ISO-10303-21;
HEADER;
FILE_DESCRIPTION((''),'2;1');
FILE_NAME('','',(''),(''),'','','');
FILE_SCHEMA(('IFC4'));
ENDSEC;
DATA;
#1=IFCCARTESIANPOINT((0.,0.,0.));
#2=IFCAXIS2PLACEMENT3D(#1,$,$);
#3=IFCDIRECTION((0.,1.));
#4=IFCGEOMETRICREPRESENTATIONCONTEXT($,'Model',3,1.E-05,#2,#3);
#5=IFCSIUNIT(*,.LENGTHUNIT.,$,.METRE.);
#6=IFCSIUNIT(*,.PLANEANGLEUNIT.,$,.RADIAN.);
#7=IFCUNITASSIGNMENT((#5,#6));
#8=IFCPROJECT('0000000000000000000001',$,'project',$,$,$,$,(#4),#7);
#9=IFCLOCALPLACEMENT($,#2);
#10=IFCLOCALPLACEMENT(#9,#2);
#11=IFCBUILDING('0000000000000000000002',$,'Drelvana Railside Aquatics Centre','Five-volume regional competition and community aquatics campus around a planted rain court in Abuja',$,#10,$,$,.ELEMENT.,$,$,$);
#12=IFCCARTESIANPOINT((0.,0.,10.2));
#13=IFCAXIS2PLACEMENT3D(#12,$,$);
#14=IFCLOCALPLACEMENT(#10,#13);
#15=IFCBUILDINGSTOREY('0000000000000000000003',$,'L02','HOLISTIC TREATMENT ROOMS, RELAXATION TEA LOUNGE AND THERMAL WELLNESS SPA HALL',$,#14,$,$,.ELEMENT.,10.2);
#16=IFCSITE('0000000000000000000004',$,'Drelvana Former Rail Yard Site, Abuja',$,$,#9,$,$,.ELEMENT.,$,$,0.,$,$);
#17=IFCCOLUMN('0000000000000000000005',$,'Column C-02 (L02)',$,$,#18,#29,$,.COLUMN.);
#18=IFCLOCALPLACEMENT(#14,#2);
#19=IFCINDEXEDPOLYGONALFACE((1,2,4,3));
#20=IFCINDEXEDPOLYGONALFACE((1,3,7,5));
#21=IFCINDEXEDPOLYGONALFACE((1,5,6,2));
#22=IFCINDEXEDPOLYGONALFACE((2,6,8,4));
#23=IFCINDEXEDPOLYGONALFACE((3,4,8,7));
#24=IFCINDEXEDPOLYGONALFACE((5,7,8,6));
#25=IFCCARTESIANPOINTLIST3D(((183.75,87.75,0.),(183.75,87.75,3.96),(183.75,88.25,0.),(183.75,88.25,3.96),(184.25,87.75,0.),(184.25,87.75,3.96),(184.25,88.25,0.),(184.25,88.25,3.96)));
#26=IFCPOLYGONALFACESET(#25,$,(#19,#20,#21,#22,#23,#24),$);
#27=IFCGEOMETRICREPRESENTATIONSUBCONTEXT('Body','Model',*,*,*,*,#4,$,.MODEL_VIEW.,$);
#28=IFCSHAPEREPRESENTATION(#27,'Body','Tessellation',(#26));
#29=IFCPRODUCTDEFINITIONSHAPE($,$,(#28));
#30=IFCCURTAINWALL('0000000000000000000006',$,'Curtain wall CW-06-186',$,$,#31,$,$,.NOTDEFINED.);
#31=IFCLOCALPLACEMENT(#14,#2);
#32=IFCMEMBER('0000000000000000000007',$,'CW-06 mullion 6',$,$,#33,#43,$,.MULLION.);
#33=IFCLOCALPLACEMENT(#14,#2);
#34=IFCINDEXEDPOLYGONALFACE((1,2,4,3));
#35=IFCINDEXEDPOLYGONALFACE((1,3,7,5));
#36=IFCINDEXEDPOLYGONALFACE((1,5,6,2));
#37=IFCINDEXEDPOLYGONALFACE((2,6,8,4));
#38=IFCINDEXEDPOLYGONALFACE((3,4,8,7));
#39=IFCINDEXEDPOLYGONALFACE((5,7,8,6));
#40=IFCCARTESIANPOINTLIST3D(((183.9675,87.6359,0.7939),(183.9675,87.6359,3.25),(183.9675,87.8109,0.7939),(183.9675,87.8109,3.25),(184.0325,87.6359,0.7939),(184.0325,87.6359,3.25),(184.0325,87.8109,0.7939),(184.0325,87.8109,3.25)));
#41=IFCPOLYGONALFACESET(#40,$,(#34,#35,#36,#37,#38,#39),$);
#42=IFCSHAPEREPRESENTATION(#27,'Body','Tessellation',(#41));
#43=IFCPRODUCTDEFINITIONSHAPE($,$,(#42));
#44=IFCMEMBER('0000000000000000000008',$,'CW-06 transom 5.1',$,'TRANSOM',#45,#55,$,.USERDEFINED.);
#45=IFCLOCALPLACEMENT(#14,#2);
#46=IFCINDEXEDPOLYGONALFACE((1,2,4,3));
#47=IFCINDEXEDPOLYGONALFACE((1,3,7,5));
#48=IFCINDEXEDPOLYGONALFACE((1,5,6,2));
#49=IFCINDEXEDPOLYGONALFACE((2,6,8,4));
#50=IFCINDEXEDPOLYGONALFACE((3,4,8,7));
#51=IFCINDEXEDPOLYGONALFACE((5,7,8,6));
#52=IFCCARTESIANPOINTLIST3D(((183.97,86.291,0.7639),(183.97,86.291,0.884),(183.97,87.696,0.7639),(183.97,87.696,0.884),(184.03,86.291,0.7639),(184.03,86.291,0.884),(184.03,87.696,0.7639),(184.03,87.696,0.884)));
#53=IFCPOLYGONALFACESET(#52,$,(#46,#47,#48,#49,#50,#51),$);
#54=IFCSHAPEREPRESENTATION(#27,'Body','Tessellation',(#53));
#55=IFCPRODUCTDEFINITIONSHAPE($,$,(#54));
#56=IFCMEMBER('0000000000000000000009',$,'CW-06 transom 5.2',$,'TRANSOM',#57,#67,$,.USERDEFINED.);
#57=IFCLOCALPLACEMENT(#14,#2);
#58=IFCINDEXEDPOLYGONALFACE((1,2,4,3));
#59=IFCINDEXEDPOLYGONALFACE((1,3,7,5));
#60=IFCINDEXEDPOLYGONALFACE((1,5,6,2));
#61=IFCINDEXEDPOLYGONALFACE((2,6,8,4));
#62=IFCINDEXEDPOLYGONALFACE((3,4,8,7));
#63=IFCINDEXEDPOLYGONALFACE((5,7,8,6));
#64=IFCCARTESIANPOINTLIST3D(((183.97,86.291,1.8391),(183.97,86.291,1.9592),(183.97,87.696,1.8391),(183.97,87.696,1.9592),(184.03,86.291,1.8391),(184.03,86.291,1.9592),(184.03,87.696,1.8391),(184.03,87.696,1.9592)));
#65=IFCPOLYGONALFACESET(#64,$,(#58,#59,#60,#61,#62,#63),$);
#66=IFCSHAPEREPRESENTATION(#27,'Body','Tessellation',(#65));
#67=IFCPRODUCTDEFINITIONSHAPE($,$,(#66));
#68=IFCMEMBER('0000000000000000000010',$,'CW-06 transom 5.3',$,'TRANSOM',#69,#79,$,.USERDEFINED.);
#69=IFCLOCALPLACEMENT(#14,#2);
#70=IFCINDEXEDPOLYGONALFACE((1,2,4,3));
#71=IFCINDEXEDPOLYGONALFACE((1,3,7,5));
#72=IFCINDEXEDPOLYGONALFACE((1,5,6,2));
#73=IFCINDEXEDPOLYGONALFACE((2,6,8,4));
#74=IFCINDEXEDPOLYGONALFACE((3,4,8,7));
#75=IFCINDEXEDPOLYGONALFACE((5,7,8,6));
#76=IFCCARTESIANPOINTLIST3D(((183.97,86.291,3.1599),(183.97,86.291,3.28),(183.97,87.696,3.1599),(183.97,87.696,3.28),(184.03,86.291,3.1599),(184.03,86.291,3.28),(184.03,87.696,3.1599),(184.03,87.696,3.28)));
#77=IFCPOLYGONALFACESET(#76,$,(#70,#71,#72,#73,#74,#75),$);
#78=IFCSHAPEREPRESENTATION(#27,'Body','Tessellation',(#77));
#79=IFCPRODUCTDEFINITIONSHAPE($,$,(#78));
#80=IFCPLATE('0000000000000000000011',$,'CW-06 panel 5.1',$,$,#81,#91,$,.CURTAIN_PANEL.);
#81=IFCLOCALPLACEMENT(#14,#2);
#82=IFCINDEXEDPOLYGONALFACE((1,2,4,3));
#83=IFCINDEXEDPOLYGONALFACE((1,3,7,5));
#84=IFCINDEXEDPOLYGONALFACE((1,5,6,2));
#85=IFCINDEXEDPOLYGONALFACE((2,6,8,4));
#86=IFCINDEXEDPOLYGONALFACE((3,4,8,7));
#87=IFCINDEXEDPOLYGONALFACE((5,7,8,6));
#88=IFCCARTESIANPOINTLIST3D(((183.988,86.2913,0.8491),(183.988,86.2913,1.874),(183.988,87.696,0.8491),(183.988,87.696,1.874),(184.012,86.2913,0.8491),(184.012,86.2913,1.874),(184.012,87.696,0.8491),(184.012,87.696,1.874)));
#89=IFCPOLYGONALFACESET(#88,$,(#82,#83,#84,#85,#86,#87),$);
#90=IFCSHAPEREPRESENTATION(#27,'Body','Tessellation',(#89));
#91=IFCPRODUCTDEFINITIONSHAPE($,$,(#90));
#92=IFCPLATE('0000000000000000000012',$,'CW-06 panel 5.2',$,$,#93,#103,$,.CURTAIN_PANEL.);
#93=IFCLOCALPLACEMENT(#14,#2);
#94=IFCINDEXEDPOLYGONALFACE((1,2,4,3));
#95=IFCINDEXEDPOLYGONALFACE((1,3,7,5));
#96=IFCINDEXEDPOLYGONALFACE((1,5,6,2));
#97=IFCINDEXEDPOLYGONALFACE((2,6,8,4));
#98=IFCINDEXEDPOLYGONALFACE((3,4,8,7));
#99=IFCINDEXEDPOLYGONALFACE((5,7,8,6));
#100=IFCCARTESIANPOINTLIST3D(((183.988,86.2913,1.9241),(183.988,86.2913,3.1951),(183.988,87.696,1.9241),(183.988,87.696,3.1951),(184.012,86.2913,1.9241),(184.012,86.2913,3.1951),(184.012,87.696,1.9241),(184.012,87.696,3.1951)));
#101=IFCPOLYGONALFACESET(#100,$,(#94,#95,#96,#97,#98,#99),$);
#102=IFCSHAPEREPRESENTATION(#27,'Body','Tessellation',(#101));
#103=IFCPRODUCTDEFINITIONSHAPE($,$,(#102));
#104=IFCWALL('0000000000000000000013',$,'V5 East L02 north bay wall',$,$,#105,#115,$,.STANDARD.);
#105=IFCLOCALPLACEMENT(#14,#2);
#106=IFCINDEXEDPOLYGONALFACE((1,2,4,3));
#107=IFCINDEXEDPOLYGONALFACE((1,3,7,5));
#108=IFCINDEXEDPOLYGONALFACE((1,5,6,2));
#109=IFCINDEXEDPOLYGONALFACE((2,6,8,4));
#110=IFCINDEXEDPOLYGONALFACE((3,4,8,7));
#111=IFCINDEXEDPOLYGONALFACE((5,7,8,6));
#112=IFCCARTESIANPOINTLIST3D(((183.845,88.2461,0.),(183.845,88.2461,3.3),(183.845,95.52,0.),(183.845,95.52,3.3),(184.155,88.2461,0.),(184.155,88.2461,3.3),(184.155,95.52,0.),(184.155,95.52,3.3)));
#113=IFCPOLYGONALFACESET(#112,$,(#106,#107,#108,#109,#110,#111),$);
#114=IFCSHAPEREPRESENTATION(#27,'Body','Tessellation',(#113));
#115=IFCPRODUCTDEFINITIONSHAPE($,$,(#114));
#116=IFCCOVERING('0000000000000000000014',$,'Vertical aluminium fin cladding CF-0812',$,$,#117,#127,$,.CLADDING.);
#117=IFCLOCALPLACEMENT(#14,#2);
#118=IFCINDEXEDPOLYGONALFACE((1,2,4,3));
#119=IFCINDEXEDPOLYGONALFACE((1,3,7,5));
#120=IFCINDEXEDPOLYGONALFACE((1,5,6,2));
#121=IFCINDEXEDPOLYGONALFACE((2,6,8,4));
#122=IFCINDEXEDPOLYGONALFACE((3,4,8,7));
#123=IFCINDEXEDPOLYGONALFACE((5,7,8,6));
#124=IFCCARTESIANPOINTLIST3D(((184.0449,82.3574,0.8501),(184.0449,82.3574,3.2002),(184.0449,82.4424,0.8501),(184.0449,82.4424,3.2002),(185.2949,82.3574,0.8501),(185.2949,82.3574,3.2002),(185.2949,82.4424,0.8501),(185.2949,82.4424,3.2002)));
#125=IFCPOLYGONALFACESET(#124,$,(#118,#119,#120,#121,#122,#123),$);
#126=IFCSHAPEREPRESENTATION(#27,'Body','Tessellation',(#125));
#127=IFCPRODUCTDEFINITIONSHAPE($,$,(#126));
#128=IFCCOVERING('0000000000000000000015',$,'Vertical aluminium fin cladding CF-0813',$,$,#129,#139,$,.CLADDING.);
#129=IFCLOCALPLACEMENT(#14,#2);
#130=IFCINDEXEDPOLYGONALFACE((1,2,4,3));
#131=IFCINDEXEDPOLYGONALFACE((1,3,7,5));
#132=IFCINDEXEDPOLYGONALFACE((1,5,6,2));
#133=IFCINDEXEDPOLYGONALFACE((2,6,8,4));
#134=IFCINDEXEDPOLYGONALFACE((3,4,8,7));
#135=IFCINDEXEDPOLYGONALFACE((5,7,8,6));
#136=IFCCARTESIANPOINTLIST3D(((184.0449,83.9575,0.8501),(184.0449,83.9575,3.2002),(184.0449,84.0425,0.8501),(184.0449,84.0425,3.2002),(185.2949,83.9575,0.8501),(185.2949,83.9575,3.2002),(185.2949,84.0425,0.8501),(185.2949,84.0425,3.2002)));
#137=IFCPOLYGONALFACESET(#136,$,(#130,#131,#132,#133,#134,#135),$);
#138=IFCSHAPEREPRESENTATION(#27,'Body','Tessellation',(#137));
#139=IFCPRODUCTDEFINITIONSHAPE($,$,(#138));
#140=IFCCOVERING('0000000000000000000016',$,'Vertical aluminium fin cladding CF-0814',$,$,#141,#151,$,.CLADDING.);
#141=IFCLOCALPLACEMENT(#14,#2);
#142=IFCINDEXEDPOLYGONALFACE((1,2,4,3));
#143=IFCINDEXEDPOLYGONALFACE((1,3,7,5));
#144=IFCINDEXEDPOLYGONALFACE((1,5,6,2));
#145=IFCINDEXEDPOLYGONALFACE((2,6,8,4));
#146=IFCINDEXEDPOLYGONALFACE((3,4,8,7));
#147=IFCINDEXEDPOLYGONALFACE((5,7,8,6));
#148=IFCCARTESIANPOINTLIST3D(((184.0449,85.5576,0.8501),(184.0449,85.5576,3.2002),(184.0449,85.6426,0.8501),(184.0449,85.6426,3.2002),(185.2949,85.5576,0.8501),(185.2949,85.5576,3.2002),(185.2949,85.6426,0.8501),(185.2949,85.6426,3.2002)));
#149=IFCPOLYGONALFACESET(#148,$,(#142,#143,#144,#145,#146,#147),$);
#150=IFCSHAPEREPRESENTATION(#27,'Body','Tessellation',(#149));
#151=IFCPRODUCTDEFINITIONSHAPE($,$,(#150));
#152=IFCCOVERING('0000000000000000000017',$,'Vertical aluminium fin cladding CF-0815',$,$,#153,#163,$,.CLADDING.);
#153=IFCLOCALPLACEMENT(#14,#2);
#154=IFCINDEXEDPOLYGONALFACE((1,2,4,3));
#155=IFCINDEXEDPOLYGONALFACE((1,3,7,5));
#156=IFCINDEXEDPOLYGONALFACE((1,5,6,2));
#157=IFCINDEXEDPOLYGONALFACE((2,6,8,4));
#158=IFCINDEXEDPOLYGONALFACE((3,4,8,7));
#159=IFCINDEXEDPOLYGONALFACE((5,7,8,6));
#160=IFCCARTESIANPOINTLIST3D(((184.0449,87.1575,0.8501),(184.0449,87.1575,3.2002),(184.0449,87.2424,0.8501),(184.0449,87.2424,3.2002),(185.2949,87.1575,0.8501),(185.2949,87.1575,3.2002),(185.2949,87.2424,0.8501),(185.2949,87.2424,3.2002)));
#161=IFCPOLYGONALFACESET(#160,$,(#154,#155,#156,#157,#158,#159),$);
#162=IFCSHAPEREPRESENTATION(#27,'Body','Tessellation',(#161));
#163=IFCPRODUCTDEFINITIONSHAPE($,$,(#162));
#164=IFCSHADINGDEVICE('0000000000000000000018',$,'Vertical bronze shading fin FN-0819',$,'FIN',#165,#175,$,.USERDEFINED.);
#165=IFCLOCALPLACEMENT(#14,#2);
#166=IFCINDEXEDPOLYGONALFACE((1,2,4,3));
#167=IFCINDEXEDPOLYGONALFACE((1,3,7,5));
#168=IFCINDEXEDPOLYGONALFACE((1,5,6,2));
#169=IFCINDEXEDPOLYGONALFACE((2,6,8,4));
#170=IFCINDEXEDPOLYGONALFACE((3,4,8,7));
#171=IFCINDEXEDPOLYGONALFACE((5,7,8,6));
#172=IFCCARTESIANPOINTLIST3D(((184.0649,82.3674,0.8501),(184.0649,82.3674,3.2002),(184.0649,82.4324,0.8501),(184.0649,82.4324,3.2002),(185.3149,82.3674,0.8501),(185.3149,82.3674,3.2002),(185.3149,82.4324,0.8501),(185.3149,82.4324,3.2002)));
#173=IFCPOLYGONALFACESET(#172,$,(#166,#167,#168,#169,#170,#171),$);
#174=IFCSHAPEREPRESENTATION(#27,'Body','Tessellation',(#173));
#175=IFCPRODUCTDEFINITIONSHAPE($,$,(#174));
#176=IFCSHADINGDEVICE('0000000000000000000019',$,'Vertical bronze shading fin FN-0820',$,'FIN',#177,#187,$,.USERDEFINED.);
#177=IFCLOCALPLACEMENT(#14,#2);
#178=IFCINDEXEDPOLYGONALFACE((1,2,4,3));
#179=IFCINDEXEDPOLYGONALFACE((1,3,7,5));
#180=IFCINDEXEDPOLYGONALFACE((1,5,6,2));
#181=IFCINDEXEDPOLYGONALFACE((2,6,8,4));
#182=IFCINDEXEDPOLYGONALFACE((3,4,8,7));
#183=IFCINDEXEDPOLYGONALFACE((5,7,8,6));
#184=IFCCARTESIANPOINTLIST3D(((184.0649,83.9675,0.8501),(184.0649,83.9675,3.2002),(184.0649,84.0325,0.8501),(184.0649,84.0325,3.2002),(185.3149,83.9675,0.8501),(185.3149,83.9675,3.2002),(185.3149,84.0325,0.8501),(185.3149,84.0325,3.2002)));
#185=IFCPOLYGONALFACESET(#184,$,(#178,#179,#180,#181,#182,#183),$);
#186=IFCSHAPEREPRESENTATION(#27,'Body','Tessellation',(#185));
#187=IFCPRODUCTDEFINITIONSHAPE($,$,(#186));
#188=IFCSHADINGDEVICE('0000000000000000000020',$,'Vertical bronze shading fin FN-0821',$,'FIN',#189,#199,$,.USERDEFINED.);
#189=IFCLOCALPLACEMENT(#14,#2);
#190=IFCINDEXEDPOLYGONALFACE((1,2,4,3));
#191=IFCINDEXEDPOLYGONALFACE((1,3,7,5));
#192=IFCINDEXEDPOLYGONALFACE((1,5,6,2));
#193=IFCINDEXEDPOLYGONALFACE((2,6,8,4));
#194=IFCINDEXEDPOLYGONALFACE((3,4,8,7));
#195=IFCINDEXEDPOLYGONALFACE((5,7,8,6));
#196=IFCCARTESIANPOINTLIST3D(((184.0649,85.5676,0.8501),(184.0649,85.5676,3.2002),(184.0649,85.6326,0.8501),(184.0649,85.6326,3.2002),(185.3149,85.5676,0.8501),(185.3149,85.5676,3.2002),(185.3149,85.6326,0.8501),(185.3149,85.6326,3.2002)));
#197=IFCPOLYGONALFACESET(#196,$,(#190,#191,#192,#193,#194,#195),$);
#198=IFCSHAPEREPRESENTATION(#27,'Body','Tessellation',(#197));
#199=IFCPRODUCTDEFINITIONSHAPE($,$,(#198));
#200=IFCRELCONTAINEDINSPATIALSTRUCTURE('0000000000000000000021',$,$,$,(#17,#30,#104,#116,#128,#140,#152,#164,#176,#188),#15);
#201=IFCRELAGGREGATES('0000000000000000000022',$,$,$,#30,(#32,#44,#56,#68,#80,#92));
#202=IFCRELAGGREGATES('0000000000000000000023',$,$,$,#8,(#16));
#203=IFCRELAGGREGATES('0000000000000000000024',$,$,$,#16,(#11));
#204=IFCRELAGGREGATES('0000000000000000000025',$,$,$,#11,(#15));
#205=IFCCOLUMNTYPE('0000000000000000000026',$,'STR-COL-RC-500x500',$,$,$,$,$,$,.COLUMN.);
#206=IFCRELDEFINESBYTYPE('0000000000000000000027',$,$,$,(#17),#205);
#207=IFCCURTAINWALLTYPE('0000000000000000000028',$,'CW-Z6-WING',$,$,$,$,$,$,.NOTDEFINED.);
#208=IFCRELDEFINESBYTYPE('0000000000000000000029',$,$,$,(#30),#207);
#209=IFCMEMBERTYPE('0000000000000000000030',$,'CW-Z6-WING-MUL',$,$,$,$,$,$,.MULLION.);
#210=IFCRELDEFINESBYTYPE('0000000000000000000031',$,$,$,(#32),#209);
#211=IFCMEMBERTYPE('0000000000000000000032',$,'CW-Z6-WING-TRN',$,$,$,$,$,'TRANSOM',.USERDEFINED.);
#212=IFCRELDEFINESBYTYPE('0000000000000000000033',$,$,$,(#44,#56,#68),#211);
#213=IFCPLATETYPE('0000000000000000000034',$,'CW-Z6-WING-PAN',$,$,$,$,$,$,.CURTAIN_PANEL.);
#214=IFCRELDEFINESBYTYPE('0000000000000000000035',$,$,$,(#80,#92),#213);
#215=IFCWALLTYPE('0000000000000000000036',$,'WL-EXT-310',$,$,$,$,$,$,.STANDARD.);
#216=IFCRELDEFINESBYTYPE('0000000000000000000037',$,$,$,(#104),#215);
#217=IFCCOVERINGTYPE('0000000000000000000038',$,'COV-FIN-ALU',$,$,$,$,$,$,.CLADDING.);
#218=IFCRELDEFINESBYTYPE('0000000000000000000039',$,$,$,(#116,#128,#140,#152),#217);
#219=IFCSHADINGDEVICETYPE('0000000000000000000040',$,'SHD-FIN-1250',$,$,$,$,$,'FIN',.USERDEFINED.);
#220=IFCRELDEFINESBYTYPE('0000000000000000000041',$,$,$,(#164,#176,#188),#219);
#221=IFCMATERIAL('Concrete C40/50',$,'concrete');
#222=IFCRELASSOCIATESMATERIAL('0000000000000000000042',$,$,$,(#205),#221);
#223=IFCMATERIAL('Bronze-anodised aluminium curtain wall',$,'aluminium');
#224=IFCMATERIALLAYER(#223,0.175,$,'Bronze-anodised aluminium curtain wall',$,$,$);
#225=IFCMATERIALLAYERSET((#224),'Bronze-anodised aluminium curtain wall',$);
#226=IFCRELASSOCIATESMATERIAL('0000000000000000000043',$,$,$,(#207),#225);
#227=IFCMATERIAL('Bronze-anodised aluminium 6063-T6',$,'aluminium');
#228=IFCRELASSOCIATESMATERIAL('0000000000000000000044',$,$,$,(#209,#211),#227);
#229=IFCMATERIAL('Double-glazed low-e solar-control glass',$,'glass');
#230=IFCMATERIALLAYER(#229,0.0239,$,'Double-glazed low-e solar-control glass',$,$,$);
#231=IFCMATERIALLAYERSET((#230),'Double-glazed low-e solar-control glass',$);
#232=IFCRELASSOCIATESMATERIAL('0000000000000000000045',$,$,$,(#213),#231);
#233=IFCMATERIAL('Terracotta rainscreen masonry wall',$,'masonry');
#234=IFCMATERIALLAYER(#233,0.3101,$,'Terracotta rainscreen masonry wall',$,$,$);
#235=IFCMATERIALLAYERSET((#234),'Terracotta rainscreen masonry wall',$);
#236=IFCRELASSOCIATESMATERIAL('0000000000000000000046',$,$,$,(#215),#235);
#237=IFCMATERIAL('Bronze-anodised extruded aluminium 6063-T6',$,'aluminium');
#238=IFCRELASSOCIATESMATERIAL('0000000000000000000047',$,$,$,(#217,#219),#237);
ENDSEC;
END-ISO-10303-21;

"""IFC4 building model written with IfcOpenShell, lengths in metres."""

from ifc_helpers import new_model, si_unit, direction, frame, frame_2d, origin, origin_2d, place, context, subcontext, project, spatial, rectangle, extrude, material, layer, layer_set, material_profile, profile_set, type_object, element, aggregate, save


model = new_model("IFC4")

# Units and contexts
model_context = context("Model", 3, precision=1e-05, world=origin(), true_north=direction((0.0, 1.0)))
body_context = subcontext(model_context, "Body", "Model", "MODEL_VIEW")
ifc_project = project(units=[si_unit("LENGTHUNIT", "METRE"), si_unit("PLANEANGLEUNIT", "RADIAN")], contexts=[model_context])

# Site, building, storey
site_placement = place(None, origin())
site = spatial("IfcSite", under=ifc_project, at=site_placement, Name="Drelvana Former Rail Yard Site, Abuja", CompositionType="ELEMENT", RefElevation=0.0)
building_placement = place(site_placement, origin())
building = spatial("IfcBuilding", under=site, at=building_placement, Name="Drelvana Railside Aquatics Centre", Description="Five-volume regional competition and community aquatics campus around a planted rain court in Abuja", CompositionType="ELEMENT")
storey_placement = place(building_placement, frame((0.0, 0.0, 10.2)))
storey = spatial("IfcBuildingStorey", under=building, at=storey_placement, Name="L02", Description="HOLISTIC TREATMENT ROOMS, RELAXATION TEA LOUNGE AND THERMAL WELLNESS SPA HALL", CompositionType="ELEMENT", Elevation=10.2)

# Column
ifc_material_1 = material(Name="Concrete C40/50", Category="concrete")
ifc_material_profile_1 = material_profile(ifc_material_1, rectangle(XDim=0.5, YDim=0.5, at=origin_2d()), Name="RC 500x500")
ifc_profile_set_1 = profile_set([ifc_material_profile_1], Name="Concrete C40/50")
column_type = type_object("IfcColumnType", Name="STR-COL-RC-500x500", PredefinedType="COLUMN", material=ifc_profile_set_1)
column_placement = place(storey_placement, frame((184.0, 88.0, 0.0), z_axis=(0.0, 0.0, 1.0), x_axis=(1.0, 0.0, 0.0)))
element("IfcColumn", 1, at=column_placement, inside=storey, type_object=column_type, Name="Column C-02 (L02)", PredefinedType="COLUMN", context=body_context, shape_type="SweptSolid", body=[
    extrude(rectangle(XDim=0.5, YDim=0.5, at=origin_2d()), origin(), (0.0, 0.0, 1.0), 3.96),
])

# Curtain wall, members, plates
ifc_material_2 = material(Name="Bronze-anodised aluminium curtain wall", Category="aluminium")
ifc_layer_1 = layer(ifc_material_2, 0.175, Name="Bronze-anodised aluminium curtain wall")
ifc_layer_set_1 = layer_set([ifc_layer_1], Name="Bronze-anodised aluminium curtain wall")
curtain_wall_type = type_object("IfcCurtainWallType", Name="CW-Z6-WING", PredefinedType="NOTDEFINED", material=ifc_layer_set_1)
curtain_wall_placement = place(storey_placement, origin())
curtain_wall = element("IfcCurtainWall", 2, at=curtain_wall_placement, inside=storey, type_object=curtain_wall_type, Name="Curtain wall CW-06-186", PredefinedType="NOTDEFINED")
ifc_material_3 = material(Name="Bronze-anodised aluminium 6063-T6", Category="aluminium")
ifc_material_profile_2 = material_profile(ifc_material_3, rectangle(XDim=0.0649, YDim=0.175, at=origin_2d()), Name="ALU-M 65x175")
ifc_profile_set_2 = profile_set([ifc_material_profile_2], Name="Bronze-anodised aluminium 6063-T6")
member_type_1 = type_object("IfcMemberType", Name="CW-Z6-WING-MUL", PredefinedType="MULLION", material=ifc_profile_set_2)
member_1_placement = place(storey_placement, frame((184.0, 87.7234, 0.7939), z_axis=(0.0, 0.0, 1.0), x_axis=(-1.0, 0.0, 0.0)))
member_1 = element("IfcMember", 3, at=member_1_placement, type_object=member_type_1, Name="CW-06 mullion 6", PredefinedType="MULLION", context=body_context, shape_type="SweptSolid", body=[
    extrude(rectangle(XDim=0.0649, YDim=0.175, at=origin_2d()), origin(), (0.0, 0.0, 1.0), 2.4561),
])
ifc_material_profile_3 = material_profile(ifc_material_3, rectangle(XDim=0.1201, YDim=0.0601, at=origin_2d()), Name="ALU-T 60x120")
ifc_profile_set_3 = profile_set([ifc_material_profile_3], Name="Bronze-anodised aluminium 6063-T6")
member_type_2 = type_object("IfcMemberType", Name="CW-Z6-WING-TRN", ElementType="TRANSOM", PredefinedType="USERDEFINED", material=ifc_profile_set_3)
member_2_placement = place(storey_placement, frame((184.0, 86.291, 0.824), z_axis=(0.0, 1.0, 0.0), x_axis=(0.0, 0.0, 1.0)))
member_2 = element("IfcMember", 4, at=member_2_placement, type_object=member_type_2, Name="CW-06 transom 5.1", ObjectType="TRANSOM", PredefinedType="USERDEFINED", context=body_context, shape_type="SweptSolid", body=[
    extrude(rectangle(XDim=0.1201, YDim=0.0601, at=origin_2d()), origin(), (0.0, 0.0, 1.0), 1.405),
])
member_3_placement = place(storey_placement, frame((184.0, 86.291, 1.8992), z_axis=(0.0, 1.0, 0.0), x_axis=(0.0, 0.0, 1.0)))
member_3 = element("IfcMember", 5, at=member_3_placement, type_object=member_type_2, Name="CW-06 transom 5.2", ObjectType="TRANSOM", PredefinedType="USERDEFINED", context=body_context, shape_type="SweptSolid", body=[
    extrude(rectangle(XDim=0.1201, YDim=0.0601, at=origin_2d()), origin(), (0.0, 0.0, 1.0), 1.405),
])
member_4_placement = place(storey_placement, frame((184.0, 86.291, 3.22), z_axis=(0.0, 1.0, 0.0), x_axis=(0.0, 0.0, 1.0)))
member_4 = element("IfcMember", 6, at=member_4_placement, type_object=member_type_2, Name="CW-06 transom 5.3", ObjectType="TRANSOM", PredefinedType="USERDEFINED", context=body_context, shape_type="SweptSolid", body=[
    extrude(rectangle(XDim=0.1201, YDim=0.0601, at=origin_2d()), origin(), (0.0, 0.0, 1.0), 1.405),
])
ifc_material_4 = material(Name="Double-glazed low-e solar-control glass", Category="glass")
ifc_layer_2 = layer(ifc_material_4, 0.0239, Name="Double-glazed low-e solar-control glass")
ifc_layer_set_2 = layer_set([ifc_layer_2], Name="Double-glazed low-e solar-control glass")
plate_type = type_object("IfcPlateType", Name="CW-Z6-WING-PAN", PredefinedType="CURTAIN_PANEL", material=ifc_layer_set_2)
plate_1_placement = place(storey_placement, frame((184.0, 86.9937, 0.8491), z_axis=(0.0, 0.0, 1.0), x_axis=(0.0, 1.0, 0.0)))
plate_1 = element("IfcPlate", 7, at=plate_1_placement, type_object=plate_type, Name="CW-06 panel 5.1", PredefinedType="CURTAIN_PANEL", context=body_context, shape_type="SweptSolid", body=[
    extrude(rectangle(XDim=1.4048, YDim=0.0239, at=origin_2d()), origin(), (0.0, 0.0, 1.0), 1.0249),
])
plate_2_placement = place(storey_placement, frame((184.0, 86.9937, 1.9241), z_axis=(0.0, 0.0, 1.0), x_axis=(0.0, 1.0, 0.0)))
plate_2 = element("IfcPlate", 8, at=plate_2_placement, type_object=plate_type, Name="CW-06 panel 5.2", PredefinedType="CURTAIN_PANEL", context=body_context, shape_type="SweptSolid", body=[
    extrude(rectangle(XDim=1.4048, YDim=0.0239, at=origin_2d()), origin(), (0.0, 0.0, 1.0), 1.271),
])
aggregate(curtain_wall, [member_1, member_2, member_3, member_4, plate_1, plate_2])

# Wall
ifc_material_5 = material(Name="Terracotta rainscreen masonry wall", Category="masonry")
ifc_layer_3 = layer(ifc_material_5, 0.3101, Name="Terracotta rainscreen masonry wall")
ifc_layer_set_3 = layer_set([ifc_layer_3], Name="Terracotta rainscreen masonry wall")
wall_type = type_object("IfcWallType", Name="WL-EXT-310", PredefinedType="STANDARD", material=ifc_layer_set_3)
wall_placement = place(storey_placement, frame((184.0, 88.2461, 0.0), z_axis=(0.0, 0.0, 1.0), x_axis=(0.0, 1.0, 0.0)))
element("IfcWall", 9, at=wall_placement, inside=storey, type_object=wall_type, Name="V5 East L02 north bay wall", PredefinedType="STANDARD", context=body_context, shape_type="SweptSolid", body=[
    extrude(rectangle(XDim=7.2739, YDim=0.3101, at=frame_2d((3.637, 0.0))), origin(), (0.0, 0.0, 1.0), 3.3),
])

# Coverings
ifc_material_6 = material(Name="Bronze-anodised extruded aluminium 6063-T6", Category="aluminium")
covering_type = type_object("IfcCoveringType", Name="COV-FIN-ALU", PredefinedType="CLADDING", material=ifc_material_6)
for number, where, z_axis, x_axis, name in (
    (10, (184.6699, 82.3999, 0.8501), (0.0, 0.0, 1.0), (0.0, -1.0, 0.0), "Vertical aluminium fin cladding CF-0812"),
    (11, (184.6699, 84.0, 0.8501), (0.0, 0.0, 1.0), (0.0, -1.0, 0.0), "Vertical aluminium fin cladding CF-0813"),
    (12, (184.6699, 85.6001, 0.8501), (0.0, 0.0, 1.0), (0.0, -1.0, 0.0), "Vertical aluminium fin cladding CF-0814"),
    (13, (184.6699, 87.2, 0.8501), (0.0, 0.0, 1.0), (0.0, -1.0, 0.0), "Vertical aluminium fin cladding CF-0815"),
):
    element("IfcCovering", number, at=place(storey_placement, frame(where, z_axis=z_axis, x_axis=x_axis)), inside=storey, type_object=covering_type, Name=name, PredefinedType="CLADDING", context=body_context, shape_type="SweptSolid", body=[
        extrude(rectangle(XDim=0.085, YDim=1.25, at=origin_2d()), origin(), (0.0, 0.0, 1.0), 2.3501),
    ])

# Shading devices
shading_device_type = type_object("IfcShadingDeviceType", Name="SHD-FIN-1250", ElementType="FIN", PredefinedType="USERDEFINED", material=ifc_material_6)
for number, where, z_axis, x_axis, name in (
    (14, (184.6899, 82.3999, 0.8501), (0.0, 0.0, 1.0), (1.0, 0.0, 0.0), "Vertical bronze shading fin FN-0819"),
    (15, (184.6899, 84.0, 0.8501), (0.0, 0.0, 1.0), (1.0, 0.0, 0.0), "Vertical bronze shading fin FN-0820"),
    (16, (184.6899, 85.6001, 0.8501), (0.0, 0.0, 1.0), (1.0, 0.0, 0.0), "Vertical bronze shading fin FN-0821"),
):
    element("IfcShadingDevice", number, at=place(storey_placement, frame(where, z_axis=z_axis, x_axis=x_axis)), inside=storey, type_object=shading_device_type, Name=name, ObjectType="FIN", PredefinedType="USERDEFINED", context=body_context, shape_type="SweptSolid", body=[
        extrude(rectangle(XDim=1.25, YDim=0.0649, at=origin_2d()), origin(), (0.0, 0.0, 1.0), 2.3501),
    ])

save(model, "model.ifc")
